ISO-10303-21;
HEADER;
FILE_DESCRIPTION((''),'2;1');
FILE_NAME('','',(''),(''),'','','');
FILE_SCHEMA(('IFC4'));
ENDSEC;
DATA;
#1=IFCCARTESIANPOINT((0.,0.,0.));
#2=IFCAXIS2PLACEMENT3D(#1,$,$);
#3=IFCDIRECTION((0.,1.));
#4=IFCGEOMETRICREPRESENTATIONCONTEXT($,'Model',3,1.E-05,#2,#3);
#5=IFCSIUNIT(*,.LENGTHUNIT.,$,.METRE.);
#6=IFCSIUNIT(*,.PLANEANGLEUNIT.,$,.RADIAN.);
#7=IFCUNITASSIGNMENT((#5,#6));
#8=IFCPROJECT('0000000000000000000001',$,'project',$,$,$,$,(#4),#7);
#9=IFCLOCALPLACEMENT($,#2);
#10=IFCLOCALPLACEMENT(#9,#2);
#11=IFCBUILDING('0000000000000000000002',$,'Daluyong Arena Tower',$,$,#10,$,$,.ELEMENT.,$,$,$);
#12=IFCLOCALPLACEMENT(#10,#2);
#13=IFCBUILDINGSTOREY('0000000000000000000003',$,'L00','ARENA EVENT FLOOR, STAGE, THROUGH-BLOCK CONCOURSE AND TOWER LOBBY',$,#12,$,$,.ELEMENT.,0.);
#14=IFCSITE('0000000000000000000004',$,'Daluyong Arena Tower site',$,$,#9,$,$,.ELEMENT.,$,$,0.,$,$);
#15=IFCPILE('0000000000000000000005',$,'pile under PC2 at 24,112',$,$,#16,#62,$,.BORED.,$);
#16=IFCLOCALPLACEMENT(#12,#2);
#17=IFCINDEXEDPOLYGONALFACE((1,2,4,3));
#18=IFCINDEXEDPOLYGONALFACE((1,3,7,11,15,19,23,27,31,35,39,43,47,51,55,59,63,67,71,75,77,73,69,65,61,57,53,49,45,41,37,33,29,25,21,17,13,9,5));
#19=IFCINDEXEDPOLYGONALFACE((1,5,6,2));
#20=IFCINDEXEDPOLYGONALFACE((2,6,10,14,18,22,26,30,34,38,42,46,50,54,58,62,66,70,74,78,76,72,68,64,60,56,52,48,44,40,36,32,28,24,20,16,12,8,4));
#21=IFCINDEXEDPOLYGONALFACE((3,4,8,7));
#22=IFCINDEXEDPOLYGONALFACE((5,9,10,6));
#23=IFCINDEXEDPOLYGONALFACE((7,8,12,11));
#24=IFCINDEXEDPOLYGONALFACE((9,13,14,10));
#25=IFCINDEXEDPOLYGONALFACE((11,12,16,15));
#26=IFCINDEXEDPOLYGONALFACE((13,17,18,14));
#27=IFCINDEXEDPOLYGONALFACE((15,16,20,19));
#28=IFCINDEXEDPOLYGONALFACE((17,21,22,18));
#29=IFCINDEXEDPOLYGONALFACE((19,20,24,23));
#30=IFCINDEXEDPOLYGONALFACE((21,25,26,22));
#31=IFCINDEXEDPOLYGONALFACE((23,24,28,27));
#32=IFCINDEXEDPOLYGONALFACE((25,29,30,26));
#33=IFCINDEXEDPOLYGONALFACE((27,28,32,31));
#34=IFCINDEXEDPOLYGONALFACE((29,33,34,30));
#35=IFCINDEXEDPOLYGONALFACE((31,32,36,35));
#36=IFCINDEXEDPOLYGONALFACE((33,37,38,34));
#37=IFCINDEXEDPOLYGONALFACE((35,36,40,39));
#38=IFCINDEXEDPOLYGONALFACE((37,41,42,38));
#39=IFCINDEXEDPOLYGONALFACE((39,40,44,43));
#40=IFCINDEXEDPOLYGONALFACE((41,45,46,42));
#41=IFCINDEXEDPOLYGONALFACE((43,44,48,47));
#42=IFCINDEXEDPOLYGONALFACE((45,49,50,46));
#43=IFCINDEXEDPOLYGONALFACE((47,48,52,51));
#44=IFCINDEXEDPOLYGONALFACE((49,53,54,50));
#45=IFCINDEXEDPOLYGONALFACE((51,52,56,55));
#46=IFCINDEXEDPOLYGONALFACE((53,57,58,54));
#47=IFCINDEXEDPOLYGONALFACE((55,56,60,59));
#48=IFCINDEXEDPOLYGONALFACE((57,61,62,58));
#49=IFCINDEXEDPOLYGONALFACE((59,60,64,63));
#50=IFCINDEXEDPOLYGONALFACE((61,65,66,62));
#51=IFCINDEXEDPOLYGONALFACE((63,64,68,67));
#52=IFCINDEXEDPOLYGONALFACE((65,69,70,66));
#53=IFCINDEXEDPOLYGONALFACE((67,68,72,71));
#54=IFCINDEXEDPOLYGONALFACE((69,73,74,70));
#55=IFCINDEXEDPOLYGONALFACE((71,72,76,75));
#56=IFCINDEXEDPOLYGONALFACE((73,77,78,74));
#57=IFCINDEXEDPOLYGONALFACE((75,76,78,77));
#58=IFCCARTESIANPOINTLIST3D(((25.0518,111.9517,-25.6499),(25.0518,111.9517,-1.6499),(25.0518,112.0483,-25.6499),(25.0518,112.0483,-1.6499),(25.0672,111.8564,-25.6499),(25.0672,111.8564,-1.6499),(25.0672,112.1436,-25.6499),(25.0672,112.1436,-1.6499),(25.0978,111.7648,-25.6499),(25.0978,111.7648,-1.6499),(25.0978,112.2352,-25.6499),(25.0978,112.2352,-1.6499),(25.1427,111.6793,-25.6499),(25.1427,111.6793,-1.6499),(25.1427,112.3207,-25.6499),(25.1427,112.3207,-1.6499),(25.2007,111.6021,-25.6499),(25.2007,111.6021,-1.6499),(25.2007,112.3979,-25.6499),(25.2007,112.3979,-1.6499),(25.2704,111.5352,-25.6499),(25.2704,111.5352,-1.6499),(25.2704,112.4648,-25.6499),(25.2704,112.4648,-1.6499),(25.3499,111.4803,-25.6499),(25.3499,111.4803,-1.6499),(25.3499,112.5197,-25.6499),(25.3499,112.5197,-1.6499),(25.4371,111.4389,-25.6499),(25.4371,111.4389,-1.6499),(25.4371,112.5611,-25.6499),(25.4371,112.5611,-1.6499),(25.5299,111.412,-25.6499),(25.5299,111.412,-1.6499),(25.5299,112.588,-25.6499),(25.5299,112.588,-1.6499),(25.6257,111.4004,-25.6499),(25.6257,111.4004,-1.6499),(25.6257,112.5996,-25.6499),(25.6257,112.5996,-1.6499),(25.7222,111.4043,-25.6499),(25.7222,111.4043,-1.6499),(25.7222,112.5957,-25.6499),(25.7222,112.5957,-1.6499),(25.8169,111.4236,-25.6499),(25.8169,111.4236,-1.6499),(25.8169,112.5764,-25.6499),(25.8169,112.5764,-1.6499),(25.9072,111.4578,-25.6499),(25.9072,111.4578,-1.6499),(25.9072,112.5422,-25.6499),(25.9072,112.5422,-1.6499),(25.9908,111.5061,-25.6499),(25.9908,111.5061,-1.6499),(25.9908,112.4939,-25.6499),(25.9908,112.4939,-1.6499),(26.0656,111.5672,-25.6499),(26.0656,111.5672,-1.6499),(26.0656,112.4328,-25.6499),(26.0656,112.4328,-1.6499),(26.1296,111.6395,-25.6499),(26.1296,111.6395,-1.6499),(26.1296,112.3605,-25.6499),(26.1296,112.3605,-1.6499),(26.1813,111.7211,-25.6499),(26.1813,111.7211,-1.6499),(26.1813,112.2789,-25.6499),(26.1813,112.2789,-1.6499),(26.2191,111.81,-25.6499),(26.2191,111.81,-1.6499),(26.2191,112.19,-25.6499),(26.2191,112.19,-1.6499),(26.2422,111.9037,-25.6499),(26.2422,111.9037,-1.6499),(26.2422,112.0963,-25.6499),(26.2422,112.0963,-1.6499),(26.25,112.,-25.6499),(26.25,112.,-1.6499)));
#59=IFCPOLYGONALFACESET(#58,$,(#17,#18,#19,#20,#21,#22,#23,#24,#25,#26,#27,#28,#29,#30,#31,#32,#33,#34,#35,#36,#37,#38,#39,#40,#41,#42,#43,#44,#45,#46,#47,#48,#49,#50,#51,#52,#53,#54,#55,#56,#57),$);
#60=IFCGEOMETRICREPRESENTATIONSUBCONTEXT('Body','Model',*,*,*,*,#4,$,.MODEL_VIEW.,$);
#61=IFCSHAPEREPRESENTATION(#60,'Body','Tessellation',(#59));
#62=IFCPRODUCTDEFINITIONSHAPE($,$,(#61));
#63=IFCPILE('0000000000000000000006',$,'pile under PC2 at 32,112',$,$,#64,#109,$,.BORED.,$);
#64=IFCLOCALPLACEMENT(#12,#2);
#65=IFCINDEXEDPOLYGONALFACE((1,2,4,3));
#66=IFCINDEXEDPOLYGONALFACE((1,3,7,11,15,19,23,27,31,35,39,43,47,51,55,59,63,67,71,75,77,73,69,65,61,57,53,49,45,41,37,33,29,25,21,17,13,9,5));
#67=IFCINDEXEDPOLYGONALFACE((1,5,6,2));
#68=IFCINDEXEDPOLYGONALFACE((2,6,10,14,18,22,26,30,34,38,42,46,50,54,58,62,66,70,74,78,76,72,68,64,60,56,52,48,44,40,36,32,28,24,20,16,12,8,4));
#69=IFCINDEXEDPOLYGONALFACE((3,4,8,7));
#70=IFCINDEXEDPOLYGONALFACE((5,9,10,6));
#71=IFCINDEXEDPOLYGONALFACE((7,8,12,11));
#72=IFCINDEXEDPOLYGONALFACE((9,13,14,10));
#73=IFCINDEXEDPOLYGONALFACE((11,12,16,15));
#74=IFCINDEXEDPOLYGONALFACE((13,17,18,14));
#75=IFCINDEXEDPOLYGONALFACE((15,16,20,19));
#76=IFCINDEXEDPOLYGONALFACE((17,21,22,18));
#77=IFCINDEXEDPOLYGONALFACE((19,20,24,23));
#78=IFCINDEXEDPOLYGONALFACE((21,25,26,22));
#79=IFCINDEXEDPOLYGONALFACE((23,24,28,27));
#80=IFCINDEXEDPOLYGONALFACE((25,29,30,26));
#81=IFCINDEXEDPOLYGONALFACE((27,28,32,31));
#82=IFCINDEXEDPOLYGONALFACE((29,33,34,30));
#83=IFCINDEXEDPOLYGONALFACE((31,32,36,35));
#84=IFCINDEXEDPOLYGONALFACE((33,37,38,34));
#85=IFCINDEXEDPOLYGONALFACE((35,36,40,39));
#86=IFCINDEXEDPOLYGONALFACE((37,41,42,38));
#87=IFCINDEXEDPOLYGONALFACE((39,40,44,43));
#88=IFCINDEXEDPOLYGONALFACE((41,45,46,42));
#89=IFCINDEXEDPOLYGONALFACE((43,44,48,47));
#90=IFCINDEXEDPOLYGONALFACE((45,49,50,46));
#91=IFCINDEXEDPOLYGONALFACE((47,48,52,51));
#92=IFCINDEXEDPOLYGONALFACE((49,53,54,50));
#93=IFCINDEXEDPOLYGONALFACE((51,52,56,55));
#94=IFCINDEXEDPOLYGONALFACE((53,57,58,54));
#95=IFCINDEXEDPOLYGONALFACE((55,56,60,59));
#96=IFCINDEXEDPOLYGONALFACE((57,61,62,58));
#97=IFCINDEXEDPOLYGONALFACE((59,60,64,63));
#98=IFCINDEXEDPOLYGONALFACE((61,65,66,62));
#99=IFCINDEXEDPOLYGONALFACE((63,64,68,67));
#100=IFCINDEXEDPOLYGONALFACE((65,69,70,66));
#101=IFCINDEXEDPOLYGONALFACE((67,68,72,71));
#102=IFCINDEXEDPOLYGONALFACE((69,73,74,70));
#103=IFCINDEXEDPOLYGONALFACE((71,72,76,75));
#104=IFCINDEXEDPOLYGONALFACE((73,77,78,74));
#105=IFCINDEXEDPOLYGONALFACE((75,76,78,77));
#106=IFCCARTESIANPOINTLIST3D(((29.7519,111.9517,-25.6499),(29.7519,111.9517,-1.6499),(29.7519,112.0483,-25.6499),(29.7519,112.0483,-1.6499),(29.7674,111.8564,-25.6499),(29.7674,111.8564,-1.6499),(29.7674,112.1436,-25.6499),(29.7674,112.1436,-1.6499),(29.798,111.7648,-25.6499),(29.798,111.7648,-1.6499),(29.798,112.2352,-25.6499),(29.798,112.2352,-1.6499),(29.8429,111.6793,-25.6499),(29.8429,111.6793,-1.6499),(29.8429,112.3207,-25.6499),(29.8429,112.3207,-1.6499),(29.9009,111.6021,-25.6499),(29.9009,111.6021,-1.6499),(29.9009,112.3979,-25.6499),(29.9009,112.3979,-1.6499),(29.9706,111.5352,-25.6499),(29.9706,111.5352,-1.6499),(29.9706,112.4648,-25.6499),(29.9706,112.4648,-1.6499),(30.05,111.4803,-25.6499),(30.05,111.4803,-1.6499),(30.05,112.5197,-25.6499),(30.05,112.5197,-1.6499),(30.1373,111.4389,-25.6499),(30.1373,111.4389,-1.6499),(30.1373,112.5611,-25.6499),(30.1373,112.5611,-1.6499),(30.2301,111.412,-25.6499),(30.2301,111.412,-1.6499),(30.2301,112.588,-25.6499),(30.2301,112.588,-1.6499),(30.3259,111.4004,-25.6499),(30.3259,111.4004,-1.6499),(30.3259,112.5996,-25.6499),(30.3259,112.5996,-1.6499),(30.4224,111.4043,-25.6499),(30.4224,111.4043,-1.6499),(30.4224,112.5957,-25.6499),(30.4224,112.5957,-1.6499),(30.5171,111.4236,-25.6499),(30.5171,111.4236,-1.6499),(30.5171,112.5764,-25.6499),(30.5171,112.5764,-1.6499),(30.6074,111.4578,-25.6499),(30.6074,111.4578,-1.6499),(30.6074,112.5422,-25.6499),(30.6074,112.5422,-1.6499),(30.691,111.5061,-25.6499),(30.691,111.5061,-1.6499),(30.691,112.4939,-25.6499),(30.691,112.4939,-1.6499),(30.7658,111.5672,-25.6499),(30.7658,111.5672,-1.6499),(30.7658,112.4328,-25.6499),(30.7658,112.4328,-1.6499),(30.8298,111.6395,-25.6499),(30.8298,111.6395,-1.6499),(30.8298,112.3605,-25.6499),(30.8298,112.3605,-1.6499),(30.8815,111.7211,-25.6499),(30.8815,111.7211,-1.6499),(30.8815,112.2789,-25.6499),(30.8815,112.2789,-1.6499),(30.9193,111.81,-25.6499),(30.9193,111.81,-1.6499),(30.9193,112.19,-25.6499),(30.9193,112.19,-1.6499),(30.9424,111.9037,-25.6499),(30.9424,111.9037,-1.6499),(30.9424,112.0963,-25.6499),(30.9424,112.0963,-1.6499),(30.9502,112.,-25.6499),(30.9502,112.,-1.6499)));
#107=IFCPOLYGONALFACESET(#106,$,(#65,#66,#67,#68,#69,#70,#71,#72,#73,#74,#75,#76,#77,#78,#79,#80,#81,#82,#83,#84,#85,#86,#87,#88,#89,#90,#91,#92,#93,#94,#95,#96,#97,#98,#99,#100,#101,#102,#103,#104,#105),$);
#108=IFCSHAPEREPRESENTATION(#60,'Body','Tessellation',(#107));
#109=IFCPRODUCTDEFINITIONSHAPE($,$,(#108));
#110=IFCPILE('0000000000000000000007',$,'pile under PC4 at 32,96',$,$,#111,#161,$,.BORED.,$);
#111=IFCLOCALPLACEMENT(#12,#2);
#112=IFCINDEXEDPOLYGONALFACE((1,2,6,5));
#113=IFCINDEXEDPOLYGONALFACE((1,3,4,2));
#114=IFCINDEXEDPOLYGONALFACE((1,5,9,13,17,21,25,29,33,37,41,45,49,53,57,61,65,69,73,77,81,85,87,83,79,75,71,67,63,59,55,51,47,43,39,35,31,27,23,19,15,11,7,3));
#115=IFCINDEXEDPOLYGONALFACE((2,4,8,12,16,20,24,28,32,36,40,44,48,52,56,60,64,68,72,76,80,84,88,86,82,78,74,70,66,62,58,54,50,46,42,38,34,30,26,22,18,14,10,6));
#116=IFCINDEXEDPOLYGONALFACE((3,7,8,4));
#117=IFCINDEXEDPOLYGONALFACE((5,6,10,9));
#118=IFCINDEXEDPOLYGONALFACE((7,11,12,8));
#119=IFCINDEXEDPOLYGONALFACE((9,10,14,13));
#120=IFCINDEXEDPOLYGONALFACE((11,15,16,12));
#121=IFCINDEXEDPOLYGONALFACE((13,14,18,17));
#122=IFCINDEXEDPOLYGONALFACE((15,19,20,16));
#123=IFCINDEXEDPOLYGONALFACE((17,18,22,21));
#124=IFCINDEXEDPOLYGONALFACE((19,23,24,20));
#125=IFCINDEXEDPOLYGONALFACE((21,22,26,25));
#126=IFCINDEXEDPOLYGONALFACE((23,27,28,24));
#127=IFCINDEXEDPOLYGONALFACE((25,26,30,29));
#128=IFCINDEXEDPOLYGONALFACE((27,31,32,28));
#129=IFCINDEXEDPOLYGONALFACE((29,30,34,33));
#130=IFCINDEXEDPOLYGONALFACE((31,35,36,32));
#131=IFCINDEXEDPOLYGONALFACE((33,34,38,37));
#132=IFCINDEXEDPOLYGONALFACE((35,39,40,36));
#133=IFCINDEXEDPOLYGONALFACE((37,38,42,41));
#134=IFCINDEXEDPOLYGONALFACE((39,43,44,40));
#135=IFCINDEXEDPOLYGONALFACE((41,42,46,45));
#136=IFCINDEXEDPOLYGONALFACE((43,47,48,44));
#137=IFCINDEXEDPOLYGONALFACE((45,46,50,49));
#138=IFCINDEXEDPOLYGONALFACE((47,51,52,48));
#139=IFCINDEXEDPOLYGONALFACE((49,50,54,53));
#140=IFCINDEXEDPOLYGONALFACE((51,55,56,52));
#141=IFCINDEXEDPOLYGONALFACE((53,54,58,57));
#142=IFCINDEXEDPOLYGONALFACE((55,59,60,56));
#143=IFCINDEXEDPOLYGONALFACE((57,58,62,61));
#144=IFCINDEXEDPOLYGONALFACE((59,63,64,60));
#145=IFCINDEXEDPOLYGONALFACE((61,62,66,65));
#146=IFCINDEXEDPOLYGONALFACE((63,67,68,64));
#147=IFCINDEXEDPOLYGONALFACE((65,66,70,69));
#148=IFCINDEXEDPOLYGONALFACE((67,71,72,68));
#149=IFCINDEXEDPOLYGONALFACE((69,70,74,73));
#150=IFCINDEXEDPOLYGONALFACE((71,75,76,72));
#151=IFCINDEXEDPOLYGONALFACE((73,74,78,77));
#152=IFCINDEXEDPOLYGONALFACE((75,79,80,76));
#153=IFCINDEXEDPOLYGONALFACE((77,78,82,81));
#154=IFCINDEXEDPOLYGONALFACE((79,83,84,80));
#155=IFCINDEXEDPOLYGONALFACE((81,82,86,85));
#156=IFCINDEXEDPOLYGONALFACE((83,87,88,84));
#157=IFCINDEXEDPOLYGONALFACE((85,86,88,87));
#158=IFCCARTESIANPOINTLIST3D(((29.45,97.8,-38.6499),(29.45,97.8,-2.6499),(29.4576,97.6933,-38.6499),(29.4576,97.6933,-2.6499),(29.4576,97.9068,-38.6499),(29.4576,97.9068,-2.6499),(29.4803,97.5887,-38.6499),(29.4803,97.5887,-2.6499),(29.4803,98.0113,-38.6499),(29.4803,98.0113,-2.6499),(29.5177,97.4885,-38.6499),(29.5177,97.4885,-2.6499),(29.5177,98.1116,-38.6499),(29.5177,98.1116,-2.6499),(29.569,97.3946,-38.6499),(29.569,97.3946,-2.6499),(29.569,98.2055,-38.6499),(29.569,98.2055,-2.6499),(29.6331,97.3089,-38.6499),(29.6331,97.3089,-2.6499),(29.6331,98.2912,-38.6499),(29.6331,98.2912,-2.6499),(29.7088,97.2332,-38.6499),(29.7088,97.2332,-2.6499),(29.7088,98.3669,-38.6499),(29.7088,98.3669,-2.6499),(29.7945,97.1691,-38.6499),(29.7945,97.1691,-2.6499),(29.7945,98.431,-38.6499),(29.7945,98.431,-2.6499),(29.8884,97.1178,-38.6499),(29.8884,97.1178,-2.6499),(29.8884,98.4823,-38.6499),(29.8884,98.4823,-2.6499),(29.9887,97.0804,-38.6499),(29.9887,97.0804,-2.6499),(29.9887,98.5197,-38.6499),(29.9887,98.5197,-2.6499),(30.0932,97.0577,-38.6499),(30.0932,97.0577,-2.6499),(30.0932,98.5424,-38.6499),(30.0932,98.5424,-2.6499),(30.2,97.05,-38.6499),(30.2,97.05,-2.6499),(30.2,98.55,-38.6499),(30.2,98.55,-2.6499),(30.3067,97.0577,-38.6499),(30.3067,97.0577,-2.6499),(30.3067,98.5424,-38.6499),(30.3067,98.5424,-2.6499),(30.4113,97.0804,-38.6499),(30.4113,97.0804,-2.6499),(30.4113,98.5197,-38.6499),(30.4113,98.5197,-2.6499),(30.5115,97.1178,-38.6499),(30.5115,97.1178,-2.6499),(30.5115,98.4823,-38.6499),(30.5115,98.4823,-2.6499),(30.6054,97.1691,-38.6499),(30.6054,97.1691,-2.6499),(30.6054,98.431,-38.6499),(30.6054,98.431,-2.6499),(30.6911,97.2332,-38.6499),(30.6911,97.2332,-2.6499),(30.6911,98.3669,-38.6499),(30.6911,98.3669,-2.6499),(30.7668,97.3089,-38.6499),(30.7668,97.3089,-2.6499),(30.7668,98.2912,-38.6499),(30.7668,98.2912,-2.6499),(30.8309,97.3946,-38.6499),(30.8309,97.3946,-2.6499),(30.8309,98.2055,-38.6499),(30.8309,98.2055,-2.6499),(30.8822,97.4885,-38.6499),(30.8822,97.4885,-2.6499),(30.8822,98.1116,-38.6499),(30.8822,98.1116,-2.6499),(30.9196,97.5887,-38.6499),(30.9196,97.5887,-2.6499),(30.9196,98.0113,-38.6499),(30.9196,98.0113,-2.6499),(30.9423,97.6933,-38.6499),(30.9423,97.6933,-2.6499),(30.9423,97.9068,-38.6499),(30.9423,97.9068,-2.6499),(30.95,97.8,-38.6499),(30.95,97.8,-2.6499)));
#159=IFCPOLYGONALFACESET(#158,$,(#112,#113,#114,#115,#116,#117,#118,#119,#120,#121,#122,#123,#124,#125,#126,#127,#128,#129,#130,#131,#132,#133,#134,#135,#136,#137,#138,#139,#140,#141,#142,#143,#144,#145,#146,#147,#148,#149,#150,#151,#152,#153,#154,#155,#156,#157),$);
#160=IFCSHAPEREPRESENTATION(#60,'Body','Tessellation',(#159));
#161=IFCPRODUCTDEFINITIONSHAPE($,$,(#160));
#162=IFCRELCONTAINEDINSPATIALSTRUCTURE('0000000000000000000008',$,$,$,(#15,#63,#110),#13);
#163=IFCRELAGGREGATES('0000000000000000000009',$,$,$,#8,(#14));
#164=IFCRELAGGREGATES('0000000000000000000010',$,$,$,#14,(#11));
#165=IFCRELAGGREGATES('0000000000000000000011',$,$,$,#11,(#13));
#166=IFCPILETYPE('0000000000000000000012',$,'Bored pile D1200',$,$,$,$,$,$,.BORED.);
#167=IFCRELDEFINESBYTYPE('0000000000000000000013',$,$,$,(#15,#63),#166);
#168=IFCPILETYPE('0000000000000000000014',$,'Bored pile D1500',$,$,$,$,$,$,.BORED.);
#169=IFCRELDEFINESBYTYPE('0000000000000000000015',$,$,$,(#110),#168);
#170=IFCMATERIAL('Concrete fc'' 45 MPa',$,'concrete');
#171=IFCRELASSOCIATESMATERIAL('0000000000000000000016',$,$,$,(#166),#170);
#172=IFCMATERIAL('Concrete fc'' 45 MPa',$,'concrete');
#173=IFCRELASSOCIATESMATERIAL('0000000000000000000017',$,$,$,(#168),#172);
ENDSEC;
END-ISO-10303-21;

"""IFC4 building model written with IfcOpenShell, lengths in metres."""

from ifc_helpers import new_model, si_unit, direction, frame, origin, origin_2d, place, context, subcontext, project, spatial, circle, extrude, material, type_object, element, save


model = new_model("IFC4")

# Units and contexts
model_context = context("Model", 3, precision=1e-05, world=origin(), true_north=direction((0.0, 1.0)))
body_context = subcontext(model_context, "Body", "Model", "MODEL_VIEW")
ifc_project = project(units=[si_unit("LENGTHUNIT", "METRE"), si_unit("PLANEANGLEUNIT", "RADIAN")], contexts=[model_context])

# Site, building, storey
site_placement = place(None, origin())
site = spatial("IfcSite", under=ifc_project, at=site_placement, Name="Daluyong Arena Tower site", CompositionType="ELEMENT", RefElevation=0.0)
building_placement = place(site_placement, origin())
building = spatial("IfcBuilding", under=site, at=building_placement, Name="Daluyong Arena Tower", CompositionType="ELEMENT")
storey_placement = place(building_placement, origin())
storey = spatial("IfcBuildingStorey", under=building, at=storey_placement, Name="L00", Description="ARENA EVENT FLOOR, STAGE, THROUGH-BLOCK CONCOURSE AND TOWER LOBBY", CompositionType="ELEMENT", Elevation=0.0)

# Piles
ifc_material_1 = material(Name="Concrete fc' 45 MPa", Category="concrete")
pile_type_1 = type_object("IfcPileType", Name="Bored pile D1200", PredefinedType="BORED", material=ifc_material_1)
for number, where, z_axis, x_axis, name in (
    (1, (25.6499, 112.0, -1.6499), (0.0, 0.0, -1.0), (1.0, 0.0, 0.0), "pile under PC2 at 24,112"),
    (2, (30.3501, 112.0, -1.6499), (0.0, 0.0, -1.0), (1.0, 0.0, 0.0), "pile under PC2 at 32,112"),
):
    element("IfcPile", number, at=place(storey_placement, frame(where, z_axis=z_axis, x_axis=x_axis)), inside=storey, type_object=pile_type_1, Name=name, PredefinedType="BORED", context=body_context, shape_type="SweptSolid", body=[
        extrude(circle(Radius=0.6001, at=origin_2d()), origin(), (0.0, 0.0, 1.0), 24.0),
    ])
ifc_material_2 = material(Name="Concrete fc' 45 MPa", Category="concrete")
pile_type_2 = type_object("IfcPileType", Name="Bored pile D1500", PredefinedType="BORED", material=ifc_material_2)
for number, where, z_axis, x_axis, name in (
    (3, (30.2, 97.8, -2.6499), (0.0, 0.0, -1.0), (1.0, 0.0, 0.0), "pile under PC4 at 32,96"),
):
    element("IfcPile", number, at=place(storey_placement, frame(where, z_axis=z_axis, x_axis=x_axis)), inside=storey, type_object=pile_type_2, Name=name, PredefinedType="BORED", context=body_context, shape_type="SweptSolid", body=[
        extrude(circle(Radius=0.75, at=origin_2d()), origin(), (0.0, 0.0, 1.0), 36.0),
    ])

save(model, "model.ifc")
